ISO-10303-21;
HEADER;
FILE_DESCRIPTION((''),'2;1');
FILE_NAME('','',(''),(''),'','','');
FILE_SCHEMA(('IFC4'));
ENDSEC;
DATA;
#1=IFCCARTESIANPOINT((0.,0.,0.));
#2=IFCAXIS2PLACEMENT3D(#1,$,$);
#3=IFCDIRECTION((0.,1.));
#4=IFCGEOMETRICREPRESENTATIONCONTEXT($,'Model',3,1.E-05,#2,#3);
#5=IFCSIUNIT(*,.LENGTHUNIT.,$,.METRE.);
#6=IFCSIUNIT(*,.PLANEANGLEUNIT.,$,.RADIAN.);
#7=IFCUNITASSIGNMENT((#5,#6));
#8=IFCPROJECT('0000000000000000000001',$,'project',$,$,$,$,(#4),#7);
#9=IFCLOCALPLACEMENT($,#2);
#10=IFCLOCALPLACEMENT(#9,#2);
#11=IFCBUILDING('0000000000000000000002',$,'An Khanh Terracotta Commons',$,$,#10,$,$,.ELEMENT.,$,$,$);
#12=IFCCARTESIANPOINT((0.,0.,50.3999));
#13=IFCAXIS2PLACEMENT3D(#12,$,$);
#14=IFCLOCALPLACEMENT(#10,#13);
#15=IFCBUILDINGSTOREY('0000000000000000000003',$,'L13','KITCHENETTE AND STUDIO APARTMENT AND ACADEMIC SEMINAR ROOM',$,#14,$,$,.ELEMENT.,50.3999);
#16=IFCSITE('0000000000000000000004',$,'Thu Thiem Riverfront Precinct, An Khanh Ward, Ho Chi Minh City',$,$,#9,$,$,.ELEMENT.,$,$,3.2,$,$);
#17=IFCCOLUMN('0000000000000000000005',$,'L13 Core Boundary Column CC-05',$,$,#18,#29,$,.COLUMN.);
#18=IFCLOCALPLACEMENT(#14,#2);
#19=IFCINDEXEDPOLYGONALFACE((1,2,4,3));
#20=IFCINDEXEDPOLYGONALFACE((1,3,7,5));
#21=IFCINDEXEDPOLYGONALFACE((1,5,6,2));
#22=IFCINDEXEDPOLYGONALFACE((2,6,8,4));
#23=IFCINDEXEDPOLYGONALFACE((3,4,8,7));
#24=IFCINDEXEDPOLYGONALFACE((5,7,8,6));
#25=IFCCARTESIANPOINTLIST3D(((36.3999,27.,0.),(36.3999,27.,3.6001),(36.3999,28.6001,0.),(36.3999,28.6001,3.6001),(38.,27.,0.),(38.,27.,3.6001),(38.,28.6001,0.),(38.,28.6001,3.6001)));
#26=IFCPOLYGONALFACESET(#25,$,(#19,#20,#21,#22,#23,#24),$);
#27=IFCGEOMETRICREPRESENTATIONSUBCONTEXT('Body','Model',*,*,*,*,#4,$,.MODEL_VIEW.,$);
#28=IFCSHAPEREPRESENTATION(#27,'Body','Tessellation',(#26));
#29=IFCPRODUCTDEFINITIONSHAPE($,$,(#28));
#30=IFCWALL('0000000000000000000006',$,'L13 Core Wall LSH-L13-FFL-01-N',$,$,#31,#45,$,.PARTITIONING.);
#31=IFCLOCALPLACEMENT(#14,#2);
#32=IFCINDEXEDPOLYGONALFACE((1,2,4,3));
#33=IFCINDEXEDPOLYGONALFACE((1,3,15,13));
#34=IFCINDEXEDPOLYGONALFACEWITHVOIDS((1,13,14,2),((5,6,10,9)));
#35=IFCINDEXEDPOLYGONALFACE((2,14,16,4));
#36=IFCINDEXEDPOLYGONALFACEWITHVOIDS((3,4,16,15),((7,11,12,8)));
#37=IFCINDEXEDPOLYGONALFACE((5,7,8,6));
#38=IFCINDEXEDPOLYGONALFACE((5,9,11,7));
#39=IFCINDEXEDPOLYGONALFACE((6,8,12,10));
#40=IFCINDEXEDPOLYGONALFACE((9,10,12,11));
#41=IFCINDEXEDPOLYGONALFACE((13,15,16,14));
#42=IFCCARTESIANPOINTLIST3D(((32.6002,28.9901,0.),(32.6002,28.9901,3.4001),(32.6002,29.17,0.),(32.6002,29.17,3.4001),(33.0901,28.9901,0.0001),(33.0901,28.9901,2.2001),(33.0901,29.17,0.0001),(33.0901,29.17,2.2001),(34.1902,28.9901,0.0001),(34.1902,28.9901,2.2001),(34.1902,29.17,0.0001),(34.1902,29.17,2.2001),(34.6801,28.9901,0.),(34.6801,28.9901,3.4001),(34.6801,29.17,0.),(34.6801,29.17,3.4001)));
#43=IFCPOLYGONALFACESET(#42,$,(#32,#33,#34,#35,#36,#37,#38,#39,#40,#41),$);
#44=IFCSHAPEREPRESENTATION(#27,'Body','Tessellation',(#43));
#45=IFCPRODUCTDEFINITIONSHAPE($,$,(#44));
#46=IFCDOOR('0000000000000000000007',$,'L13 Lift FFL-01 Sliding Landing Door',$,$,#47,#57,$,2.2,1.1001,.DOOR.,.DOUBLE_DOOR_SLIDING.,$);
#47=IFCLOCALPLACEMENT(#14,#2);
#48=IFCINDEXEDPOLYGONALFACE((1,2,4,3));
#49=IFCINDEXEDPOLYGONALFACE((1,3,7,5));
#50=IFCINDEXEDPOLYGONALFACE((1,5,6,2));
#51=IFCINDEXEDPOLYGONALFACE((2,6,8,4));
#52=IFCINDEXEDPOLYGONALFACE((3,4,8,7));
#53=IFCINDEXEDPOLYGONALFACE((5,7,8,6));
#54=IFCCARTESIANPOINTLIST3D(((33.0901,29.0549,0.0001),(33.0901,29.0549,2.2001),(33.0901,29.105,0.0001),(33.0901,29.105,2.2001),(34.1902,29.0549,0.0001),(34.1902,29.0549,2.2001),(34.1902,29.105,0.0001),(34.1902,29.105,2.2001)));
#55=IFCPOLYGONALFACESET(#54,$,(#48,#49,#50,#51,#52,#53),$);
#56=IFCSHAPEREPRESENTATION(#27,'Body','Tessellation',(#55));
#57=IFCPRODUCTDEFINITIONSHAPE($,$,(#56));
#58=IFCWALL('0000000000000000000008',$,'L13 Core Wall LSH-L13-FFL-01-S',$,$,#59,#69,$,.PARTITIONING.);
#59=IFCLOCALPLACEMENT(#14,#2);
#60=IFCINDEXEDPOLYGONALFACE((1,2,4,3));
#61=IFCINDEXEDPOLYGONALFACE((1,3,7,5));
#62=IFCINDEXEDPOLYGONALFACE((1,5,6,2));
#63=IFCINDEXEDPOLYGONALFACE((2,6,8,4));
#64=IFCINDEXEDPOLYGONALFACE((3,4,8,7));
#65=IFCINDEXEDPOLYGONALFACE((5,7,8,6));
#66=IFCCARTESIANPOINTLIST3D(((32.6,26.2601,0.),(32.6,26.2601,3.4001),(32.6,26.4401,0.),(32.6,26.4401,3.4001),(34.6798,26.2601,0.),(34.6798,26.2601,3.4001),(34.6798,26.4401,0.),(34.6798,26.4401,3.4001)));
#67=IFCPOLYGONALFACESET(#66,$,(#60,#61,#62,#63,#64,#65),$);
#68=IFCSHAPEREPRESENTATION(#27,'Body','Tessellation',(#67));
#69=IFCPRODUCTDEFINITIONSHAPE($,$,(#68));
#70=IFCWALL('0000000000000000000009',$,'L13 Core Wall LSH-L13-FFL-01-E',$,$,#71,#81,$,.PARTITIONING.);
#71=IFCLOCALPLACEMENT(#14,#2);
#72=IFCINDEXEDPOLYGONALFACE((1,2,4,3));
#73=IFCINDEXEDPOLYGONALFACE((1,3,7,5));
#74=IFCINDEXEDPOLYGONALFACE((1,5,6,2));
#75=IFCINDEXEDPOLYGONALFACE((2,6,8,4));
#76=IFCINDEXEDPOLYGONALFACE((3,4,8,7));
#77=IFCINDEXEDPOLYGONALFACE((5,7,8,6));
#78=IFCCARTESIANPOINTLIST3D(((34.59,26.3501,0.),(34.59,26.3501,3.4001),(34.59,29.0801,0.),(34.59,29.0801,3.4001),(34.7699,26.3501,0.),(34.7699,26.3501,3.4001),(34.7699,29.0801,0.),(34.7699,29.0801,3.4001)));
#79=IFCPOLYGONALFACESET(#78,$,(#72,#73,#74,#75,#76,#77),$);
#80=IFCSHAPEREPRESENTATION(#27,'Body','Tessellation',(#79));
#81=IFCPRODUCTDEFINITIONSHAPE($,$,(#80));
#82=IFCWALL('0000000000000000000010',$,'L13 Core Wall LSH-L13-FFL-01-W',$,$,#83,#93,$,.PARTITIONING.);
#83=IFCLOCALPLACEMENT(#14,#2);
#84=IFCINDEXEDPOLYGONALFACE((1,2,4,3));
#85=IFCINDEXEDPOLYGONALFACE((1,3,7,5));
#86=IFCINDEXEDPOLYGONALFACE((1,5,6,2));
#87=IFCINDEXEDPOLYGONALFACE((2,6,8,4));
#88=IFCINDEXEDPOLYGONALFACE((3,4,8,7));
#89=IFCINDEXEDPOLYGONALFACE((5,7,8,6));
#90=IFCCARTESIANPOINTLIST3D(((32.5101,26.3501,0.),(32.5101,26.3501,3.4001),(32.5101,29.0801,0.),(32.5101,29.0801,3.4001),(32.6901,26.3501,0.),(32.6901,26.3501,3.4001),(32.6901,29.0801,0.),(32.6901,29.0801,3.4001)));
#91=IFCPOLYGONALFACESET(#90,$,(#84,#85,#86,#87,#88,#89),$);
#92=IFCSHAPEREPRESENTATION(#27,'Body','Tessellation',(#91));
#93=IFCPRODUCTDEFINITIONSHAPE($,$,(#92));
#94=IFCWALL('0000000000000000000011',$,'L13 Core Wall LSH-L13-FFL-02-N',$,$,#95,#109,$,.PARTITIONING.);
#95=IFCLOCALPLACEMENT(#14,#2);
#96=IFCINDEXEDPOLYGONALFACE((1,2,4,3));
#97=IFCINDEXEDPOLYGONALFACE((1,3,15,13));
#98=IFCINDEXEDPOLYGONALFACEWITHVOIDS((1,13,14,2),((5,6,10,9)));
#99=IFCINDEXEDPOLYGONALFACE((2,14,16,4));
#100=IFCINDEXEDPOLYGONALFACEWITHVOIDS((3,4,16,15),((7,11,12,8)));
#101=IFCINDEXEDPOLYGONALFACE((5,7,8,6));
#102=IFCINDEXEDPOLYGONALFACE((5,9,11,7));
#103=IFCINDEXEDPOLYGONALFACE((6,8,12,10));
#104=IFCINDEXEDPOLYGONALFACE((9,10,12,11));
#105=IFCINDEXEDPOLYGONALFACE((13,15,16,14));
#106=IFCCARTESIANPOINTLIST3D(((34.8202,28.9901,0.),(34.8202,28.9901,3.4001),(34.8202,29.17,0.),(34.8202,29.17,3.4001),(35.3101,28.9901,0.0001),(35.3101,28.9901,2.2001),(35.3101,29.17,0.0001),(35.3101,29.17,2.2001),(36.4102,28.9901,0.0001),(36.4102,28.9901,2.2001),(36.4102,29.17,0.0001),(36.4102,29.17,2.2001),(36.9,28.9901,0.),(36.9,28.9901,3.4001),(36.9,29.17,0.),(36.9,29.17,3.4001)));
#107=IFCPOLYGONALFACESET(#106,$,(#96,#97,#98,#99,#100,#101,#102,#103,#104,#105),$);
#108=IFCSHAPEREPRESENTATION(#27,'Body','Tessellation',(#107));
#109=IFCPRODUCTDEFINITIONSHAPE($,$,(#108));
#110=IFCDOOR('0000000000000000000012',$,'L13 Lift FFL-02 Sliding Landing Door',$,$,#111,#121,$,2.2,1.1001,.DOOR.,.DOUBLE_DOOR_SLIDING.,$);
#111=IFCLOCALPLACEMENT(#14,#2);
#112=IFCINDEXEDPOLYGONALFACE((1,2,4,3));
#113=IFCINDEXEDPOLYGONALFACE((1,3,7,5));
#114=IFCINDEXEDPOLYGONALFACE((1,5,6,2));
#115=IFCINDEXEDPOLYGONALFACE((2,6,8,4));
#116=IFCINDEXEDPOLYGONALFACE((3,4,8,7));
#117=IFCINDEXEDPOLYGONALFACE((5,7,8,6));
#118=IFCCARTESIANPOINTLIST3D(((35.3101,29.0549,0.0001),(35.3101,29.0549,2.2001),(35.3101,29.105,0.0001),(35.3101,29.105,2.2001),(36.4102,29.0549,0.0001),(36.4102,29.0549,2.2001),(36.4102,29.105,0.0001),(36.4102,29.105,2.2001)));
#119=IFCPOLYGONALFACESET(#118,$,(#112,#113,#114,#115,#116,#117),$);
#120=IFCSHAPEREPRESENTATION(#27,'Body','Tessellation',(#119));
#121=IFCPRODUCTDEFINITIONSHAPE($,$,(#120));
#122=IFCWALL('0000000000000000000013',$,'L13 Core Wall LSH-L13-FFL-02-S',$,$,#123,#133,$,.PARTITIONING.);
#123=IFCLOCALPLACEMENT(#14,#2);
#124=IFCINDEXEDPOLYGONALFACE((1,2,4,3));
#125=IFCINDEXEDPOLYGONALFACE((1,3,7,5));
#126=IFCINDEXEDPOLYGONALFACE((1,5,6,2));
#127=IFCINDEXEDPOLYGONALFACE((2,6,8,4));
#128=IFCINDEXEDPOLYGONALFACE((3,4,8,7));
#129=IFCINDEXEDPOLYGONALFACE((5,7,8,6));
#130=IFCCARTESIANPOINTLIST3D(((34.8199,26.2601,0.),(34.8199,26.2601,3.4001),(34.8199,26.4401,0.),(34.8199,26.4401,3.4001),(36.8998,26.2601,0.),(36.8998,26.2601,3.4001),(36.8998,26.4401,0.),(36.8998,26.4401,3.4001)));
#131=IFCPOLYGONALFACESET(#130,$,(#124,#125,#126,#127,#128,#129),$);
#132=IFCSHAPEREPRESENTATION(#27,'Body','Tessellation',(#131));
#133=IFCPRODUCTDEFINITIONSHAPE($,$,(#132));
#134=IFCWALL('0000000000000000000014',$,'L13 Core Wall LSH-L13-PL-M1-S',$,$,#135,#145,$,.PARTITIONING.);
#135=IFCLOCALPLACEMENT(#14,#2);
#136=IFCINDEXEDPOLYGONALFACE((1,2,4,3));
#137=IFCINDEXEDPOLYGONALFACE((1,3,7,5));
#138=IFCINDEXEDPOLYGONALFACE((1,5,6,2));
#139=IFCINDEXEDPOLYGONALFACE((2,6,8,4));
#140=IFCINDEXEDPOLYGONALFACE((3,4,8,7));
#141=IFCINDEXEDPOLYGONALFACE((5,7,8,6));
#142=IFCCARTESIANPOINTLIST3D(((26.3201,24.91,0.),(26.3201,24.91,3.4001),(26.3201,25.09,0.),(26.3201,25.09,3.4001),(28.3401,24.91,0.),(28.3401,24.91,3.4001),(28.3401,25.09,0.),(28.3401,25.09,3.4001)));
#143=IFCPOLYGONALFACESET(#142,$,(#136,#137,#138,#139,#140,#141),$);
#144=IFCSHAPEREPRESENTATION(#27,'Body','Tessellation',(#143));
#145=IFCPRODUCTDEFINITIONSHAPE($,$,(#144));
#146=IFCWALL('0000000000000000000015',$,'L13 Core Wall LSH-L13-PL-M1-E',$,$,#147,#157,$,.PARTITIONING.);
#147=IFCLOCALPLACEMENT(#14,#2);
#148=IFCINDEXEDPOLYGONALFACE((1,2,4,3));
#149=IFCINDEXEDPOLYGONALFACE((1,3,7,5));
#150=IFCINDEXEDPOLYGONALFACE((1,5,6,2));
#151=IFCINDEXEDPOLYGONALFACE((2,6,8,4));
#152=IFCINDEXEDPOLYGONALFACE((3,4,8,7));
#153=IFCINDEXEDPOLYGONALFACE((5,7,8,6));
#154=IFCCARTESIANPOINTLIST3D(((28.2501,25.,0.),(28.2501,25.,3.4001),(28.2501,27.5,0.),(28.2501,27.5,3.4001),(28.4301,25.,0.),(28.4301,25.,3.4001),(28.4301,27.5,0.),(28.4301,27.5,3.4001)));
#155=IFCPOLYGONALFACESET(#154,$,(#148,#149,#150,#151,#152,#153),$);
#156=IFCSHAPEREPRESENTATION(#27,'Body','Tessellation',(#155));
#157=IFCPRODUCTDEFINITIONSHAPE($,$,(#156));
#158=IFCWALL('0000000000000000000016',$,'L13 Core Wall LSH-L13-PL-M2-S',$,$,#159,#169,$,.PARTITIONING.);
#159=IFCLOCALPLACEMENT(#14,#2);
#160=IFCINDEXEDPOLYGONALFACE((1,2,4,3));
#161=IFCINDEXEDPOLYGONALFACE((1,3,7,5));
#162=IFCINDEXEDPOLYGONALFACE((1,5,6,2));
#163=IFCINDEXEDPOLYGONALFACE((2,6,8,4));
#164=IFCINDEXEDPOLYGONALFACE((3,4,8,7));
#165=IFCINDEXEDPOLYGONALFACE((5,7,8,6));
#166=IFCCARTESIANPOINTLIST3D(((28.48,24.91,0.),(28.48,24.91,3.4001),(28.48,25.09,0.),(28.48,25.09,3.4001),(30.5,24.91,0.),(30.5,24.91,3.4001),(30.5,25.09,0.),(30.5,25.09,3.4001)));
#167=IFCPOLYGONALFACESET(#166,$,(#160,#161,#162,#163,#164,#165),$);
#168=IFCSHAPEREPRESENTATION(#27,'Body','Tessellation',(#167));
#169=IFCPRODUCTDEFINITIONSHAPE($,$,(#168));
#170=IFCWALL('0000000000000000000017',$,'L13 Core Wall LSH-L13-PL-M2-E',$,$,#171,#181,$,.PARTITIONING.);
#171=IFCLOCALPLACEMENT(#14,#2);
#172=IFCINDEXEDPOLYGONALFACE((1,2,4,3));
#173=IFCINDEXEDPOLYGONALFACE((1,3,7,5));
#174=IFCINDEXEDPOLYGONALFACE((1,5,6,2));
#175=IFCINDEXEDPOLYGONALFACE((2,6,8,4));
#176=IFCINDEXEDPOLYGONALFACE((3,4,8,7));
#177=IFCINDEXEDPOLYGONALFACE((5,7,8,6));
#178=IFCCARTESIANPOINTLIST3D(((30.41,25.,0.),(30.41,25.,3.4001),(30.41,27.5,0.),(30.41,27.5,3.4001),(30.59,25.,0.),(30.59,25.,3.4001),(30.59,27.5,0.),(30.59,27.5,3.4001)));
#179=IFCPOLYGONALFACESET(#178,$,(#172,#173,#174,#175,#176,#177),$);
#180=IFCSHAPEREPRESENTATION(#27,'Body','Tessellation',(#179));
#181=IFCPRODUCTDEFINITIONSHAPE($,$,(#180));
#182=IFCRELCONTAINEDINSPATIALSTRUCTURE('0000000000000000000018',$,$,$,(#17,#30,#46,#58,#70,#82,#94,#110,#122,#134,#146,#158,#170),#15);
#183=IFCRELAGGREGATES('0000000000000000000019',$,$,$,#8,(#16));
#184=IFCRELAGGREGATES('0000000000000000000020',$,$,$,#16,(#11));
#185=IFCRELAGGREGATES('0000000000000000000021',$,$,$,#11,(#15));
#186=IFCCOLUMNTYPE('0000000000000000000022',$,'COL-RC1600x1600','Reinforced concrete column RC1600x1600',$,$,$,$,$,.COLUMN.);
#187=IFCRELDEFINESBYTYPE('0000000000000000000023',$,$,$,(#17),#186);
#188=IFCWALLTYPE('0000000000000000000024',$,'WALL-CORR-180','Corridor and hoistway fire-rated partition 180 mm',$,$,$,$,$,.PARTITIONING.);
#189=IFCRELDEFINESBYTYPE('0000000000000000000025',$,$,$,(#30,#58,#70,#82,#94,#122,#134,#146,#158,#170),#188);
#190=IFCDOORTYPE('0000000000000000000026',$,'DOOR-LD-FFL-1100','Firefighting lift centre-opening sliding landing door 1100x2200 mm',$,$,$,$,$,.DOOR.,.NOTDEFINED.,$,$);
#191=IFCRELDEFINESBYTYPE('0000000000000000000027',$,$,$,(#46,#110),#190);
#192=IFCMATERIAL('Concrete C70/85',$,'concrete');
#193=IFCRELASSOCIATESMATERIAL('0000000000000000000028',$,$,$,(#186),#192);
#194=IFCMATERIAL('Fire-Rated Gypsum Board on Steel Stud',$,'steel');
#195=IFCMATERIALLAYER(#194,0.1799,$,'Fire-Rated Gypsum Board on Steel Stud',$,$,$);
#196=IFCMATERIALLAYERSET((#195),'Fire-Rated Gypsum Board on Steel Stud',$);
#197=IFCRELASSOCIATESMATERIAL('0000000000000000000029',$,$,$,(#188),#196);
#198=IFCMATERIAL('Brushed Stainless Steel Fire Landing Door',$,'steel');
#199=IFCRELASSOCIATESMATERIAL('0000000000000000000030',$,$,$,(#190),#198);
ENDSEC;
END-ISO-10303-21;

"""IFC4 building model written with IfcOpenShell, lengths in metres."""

from ifc_helpers import new_model, si_unit, direction, frame, frame_2d, origin, origin_2d, place, context, subcontext, project, spatial, rectangle, extrude, material, layer, layer_set, material_profile, profile_set, type_object, element, fill, save


model = new_model("IFC4")

# Units and contexts
model_context = context("Model", 3, precision=1e-05, world=origin(), true_north=direction((0.0, 1.0)))
body_context = subcontext(model_context, "Body", "Model", "MODEL_VIEW")
ifc_project = project(units=[si_unit("LENGTHUNIT", "METRE"), si_unit("PLANEANGLEUNIT", "RADIAN")], contexts=[model_context])

# Site, building, storey
site_placement = place(None, origin())
site = spatial("IfcSite", under=ifc_project, at=site_placement, Name="Thu Thiem Riverfront Precinct, An Khanh Ward, Ho Chi Minh City", CompositionType="ELEMENT", RefElevation=3.2)
building_placement = place(site_placement, origin())
building = spatial("IfcBuilding", under=site, at=building_placement, Name="An Khanh Terracotta Commons", CompositionType="ELEMENT")
storey_placement = place(building_placement, frame((0.0, 0.0, 50.3999)))
storey = spatial("IfcBuildingStorey", under=building, at=storey_placement, Name="L13", Description="KITCHENETTE AND STUDIO APARTMENT AND ACADEMIC SEMINAR ROOM", CompositionType="ELEMENT", Elevation=50.3999)

# Column
ifc_material_1 = material(Name="Concrete C70/85", Category="concrete")
ifc_material_profile = material_profile(ifc_material_1, rectangle(XDim=1.6001, YDim=1.6001, at=origin_2d()), Name="RC1600x1600")
ifc_profile_set = profile_set([ifc_material_profile], Name="Concrete C70/85")
column_type = type_object("IfcColumnType", Name="COL-RC1600x1600", Description="Reinforced concrete column RC1600x1600", PredefinedType="COLUMN", material=ifc_profile_set)
column_placement = place(storey_placement, frame((37.2, 27.8, 0.0), z_axis=(0.0, 0.0, 1.0), x_axis=(1.0, 0.0, 0.0)))
element("IfcColumn", 1, at=column_placement, inside=storey, type_object=column_type, Name="L13 Core Boundary Column CC-05", PredefinedType="COLUMN", context=body_context, shape_type="SweptSolid", body=[
    extrude(rectangle(XDim=1.6001, YDim=1.6001, at=origin_2d()), origin(), (0.0, 0.0, 1.0), 3.6001),
])

# Wall, opening, door
ifc_material_2 = material(Name="Fire-Rated Gypsum Board on Steel Stud", Category="steel")
ifc_layer_1 = layer(ifc_material_2, 0.1799, Name="Fire-Rated Gypsum Board on Steel Stud")
ifc_layer_set_1 = layer_set([ifc_layer_1], Name="Fire-Rated Gypsum Board on Steel Stud")
wall_type_1 = type_object("IfcWallType", Name="WALL-CORR-180", Description="Corridor and hoistway fire-rated partition 180 mm", PredefinedType="PARTITIONING", material=ifc_layer_set_1)
wall_1_placement = place(storey_placement, frame((32.6001, 29.0801, 0.0), z_axis=(0.0, 0.0, 1.0), x_axis=(1.0, 0.0, 0.0)))
wall_1 = element("IfcWall", 2, at=wall_1_placement, inside=storey, type_object=wall_type_1, Name="L13 Core Wall LSH-L13-FFL-01-N", PredefinedType="PARTITIONING", context=body_context, shape_type="SweptSolid", body=[
    extrude(rectangle(XDim=2.0798, YDim=0.1799, at=frame_2d((1.04, 0.0))), origin(), (0.0, 0.0, 1.0), 3.4001),
])
opening_1_placement = place(wall_1_placement, frame((0.49, 0.0, 0.0)))
opening_1 = element("IfcOpeningElement", 3, at=opening_1_placement, cuts=wall_1, PredefinedType="OPENING", context=body_context, shape_type="SweptSolid", body=[
    extrude(rectangle(XDim=1.1001, YDim=2.2, at=frame_2d((0.55, 1.1001))), frame((0.0, 0.0999, 0.0), z_axis=(0.0, -1.0, 0.0), x_axis=(1.0, 0.0, 0.0)), (0.0, 0.0, 1.0), 0.2),
])
ifc_material_3 = material(Name="Brushed Stainless Steel Fire Landing Door", Category="steel")
door_type = type_object("IfcDoorType", Name="DOOR-LD-FFL-1100", Description="Firefighting lift centre-opening sliding landing door 1100x2200 mm", OperationType="NOTDEFINED", PredefinedType="DOOR", material=ifc_material_3)
door_1_placement = place(opening_1_placement, origin())
door_1 = element("IfcDoor", 4, at=door_1_placement, inside=storey, type_object=door_type, Name="L13 Lift FFL-01 Sliding Landing Door", OperationType="DOUBLE_DOOR_SLIDING", OverallHeight=2.2, OverallWidth=1.1001, PredefinedType="DOOR", context=body_context, shape_type="SweptSolid", body=[
    extrude(rectangle(XDim=1.1001, YDim=2.2, at=frame_2d((0.55, 1.1001))), frame((0.0, 0.0249, 0.0), z_axis=(0.0, -1.0, 0.0), x_axis=(1.0, 0.0, 0.0)), (0.0, 0.0, 1.0), 0.05),
])
fill(opening_1, door_1)

# Walls
wall_2_placement = place(storey_placement, frame((34.6799, 26.3501, 0.0), z_axis=(0.0, 0.0, 1.0), x_axis=(-1.0, 0.0, 0.0)))
element("IfcWall", 5, at=wall_2_placement, inside=storey, type_object=wall_type_1, Name="L13 Core Wall LSH-L13-FFL-01-S", PredefinedType="PARTITIONING", context=body_context, shape_type="SweptSolid", body=[
    extrude(rectangle(XDim=2.0798, YDim=0.1799, at=frame_2d((1.04, 0.0))), origin(), (0.0, 0.0, 1.0), 3.4001),
])
for number, where, z_axis, x_axis, name in (
    (6, (34.6799, 26.3501, 0.0), (0.0, 0.0, 1.0), (0.0, 1.0, 0.0), "L13 Core Wall LSH-L13-FFL-01-E"),
    (7, (32.6001, 29.0801, 0.0), (0.0, 0.0, 1.0), (0.0, -1.0, 0.0), "L13 Core Wall LSH-L13-FFL-01-W"),
):
    element("IfcWall", number, at=place(storey_placement, frame(where, z_axis=z_axis, x_axis=x_axis)), inside=storey, type_object=wall_type_1, Name=name, PredefinedType="PARTITIONING", context=body_context, shape_type="SweptSolid", body=[
        extrude(rectangle(XDim=2.73, YDim=0.1799, at=frame_2d((1.365, 0.0))), origin(), (0.0, 0.0, 1.0), 3.4001),
    ])

# Wall, opening, door
wall_3_placement = place(storey_placement, frame((34.8201, 29.0801, 0.0), z_axis=(0.0, 0.0, 1.0), x_axis=(1.0, 0.0, 0.0)))
wall_3 = element("IfcWall", 8, at=wall_3_placement, inside=storey, type_object=wall_type_1, Name="L13 Core Wall LSH-L13-FFL-02-N", PredefinedType="PARTITIONING", context=body_context, shape_type="SweptSolid", body=[
    extrude(rectangle(XDim=2.0798, YDim=0.1799, at=frame_2d((1.04, 0.0))), origin(), (0.0, 0.0, 1.0), 3.4001),
])
opening_2_placement = place(wall_3_placement, frame((0.49, 0.0, 0.0)))
opening_2 = element("IfcOpeningElement", 9, at=opening_2_placement, cuts=wall_3, PredefinedType="OPENING", context=body_context, shape_type="SweptSolid", body=[
    extrude(rectangle(XDim=1.1001, YDim=2.2, at=frame_2d((0.55, 1.1001))), frame((0.0, 0.0999, 0.0), z_axis=(0.0, -1.0, 0.0), x_axis=(1.0, 0.0, 0.0)), (0.0, 0.0, 1.0), 0.2),
])
door_2_placement = place(opening_2_placement, origin())
door_2 = element("IfcDoor", 10, at=door_2_placement, inside=storey, type_object=door_type, Name="L13 Lift FFL-02 Sliding Landing Door", OperationType="DOUBLE_DOOR_SLIDING", OverallHeight=2.2, OverallWidth=1.1001, PredefinedType="DOOR", context=body_context, shape_type="SweptSolid", body=[
    extrude(rectangle(XDim=1.1001, YDim=2.2, at=frame_2d((0.55, 1.1001))), frame((0.0, 0.0249, 0.0), z_axis=(0.0, -1.0, 0.0), x_axis=(1.0, 0.0, 0.0)), (0.0, 0.0, 1.0), 0.05),
])
fill(opening_2, door_2)

# Walls
wall_4_placement = place(storey_placement, frame((36.8999, 26.3501, 0.0), z_axis=(0.0, 0.0, 1.0), x_axis=(-1.0, 0.0, 0.0)))
element("IfcWall", 11, at=wall_4_placement, inside=storey, type_object=wall_type_1, Name="L13 Core Wall LSH-L13-FFL-02-S", PredefinedType="PARTITIONING", context=body_context, shape_type="SweptSolid", body=[
    extrude(rectangle(XDim=2.0798, YDim=0.1799, at=frame_2d((1.04, 0.0))), origin(), (0.0, 0.0, 1.0), 3.4001),
])
wall_5_placement = place(storey_placement, frame((28.3401, 25.0, 0.0), z_axis=(0.0, 0.0, 1.0), x_axis=(-1.0, 0.0, 0.0)))
element("IfcWall", 12, at=wall_5_placement, inside=storey, type_object=wall_type_1, Name="L13 Core Wall LSH-L13-PL-M1-S", PredefinedType="PARTITIONING", context=body_context, shape_type="SweptSolid", body=[
    extrude(rectangle(XDim=2.02, YDim=0.1799, at=frame_2d((1.01, 0.0))), origin(), (0.0, 0.0, 1.0), 3.4001),
])
wall_6_placement = place(storey_placement, frame((28.3401, 25.0, 0.0), z_axis=(0.0, 0.0, 1.0), x_axis=(0.0, 1.0, 0.0)))
element("IfcWall", 13, at=wall_6_placement, inside=storey, type_object=wall_type_1, Name="L13 Core Wall LSH-L13-PL-M1-E", PredefinedType="PARTITIONING", context=body_context, shape_type="SweptSolid", body=[
    extrude(rectangle(XDim=2.5, YDim=0.1799, at=frame_2d((1.25, 0.0))), origin(), (0.0, 0.0, 1.0), 3.4001),
])
wall_7_placement = place(storey_placement, frame((30.5, 25.0, 0.0), z_axis=(0.0, 0.0, 1.0), x_axis=(-1.0, 0.0, 0.0)))
element("IfcWall", 14, at=wall_7_placement, inside=storey, type_object=wall_type_1, Name="L13 Core Wall LSH-L13-PL-M2-S", PredefinedType="PARTITIONING", context=body_context, shape_type="SweptSolid", body=[
    extrude(rectangle(XDim=2.02, YDim=0.1799, at=frame_2d((1.01, 0.0))), origin(), (0.0, 0.0, 1.0), 3.4001),
])
wall_8_placement = place(storey_placement, frame((30.5, 25.0, 0.0), z_axis=(0.0, 0.0, 1.0), x_axis=(0.0, 1.0, 0.0)))
element("IfcWall", 15, at=wall_8_placement, inside=storey, type_object=wall_type_1, Name="L13 Core Wall LSH-L13-PL-M2-E", PredefinedType="PARTITIONING", context=body_context, shape_type="SweptSolid", body=[
    extrude(rectangle(XDim=2.5, YDim=0.1799, at=frame_2d((1.25, 0.0))), origin(), (0.0, 0.0, 1.0), 3.4001),
])

save(model, "model.ifc")
